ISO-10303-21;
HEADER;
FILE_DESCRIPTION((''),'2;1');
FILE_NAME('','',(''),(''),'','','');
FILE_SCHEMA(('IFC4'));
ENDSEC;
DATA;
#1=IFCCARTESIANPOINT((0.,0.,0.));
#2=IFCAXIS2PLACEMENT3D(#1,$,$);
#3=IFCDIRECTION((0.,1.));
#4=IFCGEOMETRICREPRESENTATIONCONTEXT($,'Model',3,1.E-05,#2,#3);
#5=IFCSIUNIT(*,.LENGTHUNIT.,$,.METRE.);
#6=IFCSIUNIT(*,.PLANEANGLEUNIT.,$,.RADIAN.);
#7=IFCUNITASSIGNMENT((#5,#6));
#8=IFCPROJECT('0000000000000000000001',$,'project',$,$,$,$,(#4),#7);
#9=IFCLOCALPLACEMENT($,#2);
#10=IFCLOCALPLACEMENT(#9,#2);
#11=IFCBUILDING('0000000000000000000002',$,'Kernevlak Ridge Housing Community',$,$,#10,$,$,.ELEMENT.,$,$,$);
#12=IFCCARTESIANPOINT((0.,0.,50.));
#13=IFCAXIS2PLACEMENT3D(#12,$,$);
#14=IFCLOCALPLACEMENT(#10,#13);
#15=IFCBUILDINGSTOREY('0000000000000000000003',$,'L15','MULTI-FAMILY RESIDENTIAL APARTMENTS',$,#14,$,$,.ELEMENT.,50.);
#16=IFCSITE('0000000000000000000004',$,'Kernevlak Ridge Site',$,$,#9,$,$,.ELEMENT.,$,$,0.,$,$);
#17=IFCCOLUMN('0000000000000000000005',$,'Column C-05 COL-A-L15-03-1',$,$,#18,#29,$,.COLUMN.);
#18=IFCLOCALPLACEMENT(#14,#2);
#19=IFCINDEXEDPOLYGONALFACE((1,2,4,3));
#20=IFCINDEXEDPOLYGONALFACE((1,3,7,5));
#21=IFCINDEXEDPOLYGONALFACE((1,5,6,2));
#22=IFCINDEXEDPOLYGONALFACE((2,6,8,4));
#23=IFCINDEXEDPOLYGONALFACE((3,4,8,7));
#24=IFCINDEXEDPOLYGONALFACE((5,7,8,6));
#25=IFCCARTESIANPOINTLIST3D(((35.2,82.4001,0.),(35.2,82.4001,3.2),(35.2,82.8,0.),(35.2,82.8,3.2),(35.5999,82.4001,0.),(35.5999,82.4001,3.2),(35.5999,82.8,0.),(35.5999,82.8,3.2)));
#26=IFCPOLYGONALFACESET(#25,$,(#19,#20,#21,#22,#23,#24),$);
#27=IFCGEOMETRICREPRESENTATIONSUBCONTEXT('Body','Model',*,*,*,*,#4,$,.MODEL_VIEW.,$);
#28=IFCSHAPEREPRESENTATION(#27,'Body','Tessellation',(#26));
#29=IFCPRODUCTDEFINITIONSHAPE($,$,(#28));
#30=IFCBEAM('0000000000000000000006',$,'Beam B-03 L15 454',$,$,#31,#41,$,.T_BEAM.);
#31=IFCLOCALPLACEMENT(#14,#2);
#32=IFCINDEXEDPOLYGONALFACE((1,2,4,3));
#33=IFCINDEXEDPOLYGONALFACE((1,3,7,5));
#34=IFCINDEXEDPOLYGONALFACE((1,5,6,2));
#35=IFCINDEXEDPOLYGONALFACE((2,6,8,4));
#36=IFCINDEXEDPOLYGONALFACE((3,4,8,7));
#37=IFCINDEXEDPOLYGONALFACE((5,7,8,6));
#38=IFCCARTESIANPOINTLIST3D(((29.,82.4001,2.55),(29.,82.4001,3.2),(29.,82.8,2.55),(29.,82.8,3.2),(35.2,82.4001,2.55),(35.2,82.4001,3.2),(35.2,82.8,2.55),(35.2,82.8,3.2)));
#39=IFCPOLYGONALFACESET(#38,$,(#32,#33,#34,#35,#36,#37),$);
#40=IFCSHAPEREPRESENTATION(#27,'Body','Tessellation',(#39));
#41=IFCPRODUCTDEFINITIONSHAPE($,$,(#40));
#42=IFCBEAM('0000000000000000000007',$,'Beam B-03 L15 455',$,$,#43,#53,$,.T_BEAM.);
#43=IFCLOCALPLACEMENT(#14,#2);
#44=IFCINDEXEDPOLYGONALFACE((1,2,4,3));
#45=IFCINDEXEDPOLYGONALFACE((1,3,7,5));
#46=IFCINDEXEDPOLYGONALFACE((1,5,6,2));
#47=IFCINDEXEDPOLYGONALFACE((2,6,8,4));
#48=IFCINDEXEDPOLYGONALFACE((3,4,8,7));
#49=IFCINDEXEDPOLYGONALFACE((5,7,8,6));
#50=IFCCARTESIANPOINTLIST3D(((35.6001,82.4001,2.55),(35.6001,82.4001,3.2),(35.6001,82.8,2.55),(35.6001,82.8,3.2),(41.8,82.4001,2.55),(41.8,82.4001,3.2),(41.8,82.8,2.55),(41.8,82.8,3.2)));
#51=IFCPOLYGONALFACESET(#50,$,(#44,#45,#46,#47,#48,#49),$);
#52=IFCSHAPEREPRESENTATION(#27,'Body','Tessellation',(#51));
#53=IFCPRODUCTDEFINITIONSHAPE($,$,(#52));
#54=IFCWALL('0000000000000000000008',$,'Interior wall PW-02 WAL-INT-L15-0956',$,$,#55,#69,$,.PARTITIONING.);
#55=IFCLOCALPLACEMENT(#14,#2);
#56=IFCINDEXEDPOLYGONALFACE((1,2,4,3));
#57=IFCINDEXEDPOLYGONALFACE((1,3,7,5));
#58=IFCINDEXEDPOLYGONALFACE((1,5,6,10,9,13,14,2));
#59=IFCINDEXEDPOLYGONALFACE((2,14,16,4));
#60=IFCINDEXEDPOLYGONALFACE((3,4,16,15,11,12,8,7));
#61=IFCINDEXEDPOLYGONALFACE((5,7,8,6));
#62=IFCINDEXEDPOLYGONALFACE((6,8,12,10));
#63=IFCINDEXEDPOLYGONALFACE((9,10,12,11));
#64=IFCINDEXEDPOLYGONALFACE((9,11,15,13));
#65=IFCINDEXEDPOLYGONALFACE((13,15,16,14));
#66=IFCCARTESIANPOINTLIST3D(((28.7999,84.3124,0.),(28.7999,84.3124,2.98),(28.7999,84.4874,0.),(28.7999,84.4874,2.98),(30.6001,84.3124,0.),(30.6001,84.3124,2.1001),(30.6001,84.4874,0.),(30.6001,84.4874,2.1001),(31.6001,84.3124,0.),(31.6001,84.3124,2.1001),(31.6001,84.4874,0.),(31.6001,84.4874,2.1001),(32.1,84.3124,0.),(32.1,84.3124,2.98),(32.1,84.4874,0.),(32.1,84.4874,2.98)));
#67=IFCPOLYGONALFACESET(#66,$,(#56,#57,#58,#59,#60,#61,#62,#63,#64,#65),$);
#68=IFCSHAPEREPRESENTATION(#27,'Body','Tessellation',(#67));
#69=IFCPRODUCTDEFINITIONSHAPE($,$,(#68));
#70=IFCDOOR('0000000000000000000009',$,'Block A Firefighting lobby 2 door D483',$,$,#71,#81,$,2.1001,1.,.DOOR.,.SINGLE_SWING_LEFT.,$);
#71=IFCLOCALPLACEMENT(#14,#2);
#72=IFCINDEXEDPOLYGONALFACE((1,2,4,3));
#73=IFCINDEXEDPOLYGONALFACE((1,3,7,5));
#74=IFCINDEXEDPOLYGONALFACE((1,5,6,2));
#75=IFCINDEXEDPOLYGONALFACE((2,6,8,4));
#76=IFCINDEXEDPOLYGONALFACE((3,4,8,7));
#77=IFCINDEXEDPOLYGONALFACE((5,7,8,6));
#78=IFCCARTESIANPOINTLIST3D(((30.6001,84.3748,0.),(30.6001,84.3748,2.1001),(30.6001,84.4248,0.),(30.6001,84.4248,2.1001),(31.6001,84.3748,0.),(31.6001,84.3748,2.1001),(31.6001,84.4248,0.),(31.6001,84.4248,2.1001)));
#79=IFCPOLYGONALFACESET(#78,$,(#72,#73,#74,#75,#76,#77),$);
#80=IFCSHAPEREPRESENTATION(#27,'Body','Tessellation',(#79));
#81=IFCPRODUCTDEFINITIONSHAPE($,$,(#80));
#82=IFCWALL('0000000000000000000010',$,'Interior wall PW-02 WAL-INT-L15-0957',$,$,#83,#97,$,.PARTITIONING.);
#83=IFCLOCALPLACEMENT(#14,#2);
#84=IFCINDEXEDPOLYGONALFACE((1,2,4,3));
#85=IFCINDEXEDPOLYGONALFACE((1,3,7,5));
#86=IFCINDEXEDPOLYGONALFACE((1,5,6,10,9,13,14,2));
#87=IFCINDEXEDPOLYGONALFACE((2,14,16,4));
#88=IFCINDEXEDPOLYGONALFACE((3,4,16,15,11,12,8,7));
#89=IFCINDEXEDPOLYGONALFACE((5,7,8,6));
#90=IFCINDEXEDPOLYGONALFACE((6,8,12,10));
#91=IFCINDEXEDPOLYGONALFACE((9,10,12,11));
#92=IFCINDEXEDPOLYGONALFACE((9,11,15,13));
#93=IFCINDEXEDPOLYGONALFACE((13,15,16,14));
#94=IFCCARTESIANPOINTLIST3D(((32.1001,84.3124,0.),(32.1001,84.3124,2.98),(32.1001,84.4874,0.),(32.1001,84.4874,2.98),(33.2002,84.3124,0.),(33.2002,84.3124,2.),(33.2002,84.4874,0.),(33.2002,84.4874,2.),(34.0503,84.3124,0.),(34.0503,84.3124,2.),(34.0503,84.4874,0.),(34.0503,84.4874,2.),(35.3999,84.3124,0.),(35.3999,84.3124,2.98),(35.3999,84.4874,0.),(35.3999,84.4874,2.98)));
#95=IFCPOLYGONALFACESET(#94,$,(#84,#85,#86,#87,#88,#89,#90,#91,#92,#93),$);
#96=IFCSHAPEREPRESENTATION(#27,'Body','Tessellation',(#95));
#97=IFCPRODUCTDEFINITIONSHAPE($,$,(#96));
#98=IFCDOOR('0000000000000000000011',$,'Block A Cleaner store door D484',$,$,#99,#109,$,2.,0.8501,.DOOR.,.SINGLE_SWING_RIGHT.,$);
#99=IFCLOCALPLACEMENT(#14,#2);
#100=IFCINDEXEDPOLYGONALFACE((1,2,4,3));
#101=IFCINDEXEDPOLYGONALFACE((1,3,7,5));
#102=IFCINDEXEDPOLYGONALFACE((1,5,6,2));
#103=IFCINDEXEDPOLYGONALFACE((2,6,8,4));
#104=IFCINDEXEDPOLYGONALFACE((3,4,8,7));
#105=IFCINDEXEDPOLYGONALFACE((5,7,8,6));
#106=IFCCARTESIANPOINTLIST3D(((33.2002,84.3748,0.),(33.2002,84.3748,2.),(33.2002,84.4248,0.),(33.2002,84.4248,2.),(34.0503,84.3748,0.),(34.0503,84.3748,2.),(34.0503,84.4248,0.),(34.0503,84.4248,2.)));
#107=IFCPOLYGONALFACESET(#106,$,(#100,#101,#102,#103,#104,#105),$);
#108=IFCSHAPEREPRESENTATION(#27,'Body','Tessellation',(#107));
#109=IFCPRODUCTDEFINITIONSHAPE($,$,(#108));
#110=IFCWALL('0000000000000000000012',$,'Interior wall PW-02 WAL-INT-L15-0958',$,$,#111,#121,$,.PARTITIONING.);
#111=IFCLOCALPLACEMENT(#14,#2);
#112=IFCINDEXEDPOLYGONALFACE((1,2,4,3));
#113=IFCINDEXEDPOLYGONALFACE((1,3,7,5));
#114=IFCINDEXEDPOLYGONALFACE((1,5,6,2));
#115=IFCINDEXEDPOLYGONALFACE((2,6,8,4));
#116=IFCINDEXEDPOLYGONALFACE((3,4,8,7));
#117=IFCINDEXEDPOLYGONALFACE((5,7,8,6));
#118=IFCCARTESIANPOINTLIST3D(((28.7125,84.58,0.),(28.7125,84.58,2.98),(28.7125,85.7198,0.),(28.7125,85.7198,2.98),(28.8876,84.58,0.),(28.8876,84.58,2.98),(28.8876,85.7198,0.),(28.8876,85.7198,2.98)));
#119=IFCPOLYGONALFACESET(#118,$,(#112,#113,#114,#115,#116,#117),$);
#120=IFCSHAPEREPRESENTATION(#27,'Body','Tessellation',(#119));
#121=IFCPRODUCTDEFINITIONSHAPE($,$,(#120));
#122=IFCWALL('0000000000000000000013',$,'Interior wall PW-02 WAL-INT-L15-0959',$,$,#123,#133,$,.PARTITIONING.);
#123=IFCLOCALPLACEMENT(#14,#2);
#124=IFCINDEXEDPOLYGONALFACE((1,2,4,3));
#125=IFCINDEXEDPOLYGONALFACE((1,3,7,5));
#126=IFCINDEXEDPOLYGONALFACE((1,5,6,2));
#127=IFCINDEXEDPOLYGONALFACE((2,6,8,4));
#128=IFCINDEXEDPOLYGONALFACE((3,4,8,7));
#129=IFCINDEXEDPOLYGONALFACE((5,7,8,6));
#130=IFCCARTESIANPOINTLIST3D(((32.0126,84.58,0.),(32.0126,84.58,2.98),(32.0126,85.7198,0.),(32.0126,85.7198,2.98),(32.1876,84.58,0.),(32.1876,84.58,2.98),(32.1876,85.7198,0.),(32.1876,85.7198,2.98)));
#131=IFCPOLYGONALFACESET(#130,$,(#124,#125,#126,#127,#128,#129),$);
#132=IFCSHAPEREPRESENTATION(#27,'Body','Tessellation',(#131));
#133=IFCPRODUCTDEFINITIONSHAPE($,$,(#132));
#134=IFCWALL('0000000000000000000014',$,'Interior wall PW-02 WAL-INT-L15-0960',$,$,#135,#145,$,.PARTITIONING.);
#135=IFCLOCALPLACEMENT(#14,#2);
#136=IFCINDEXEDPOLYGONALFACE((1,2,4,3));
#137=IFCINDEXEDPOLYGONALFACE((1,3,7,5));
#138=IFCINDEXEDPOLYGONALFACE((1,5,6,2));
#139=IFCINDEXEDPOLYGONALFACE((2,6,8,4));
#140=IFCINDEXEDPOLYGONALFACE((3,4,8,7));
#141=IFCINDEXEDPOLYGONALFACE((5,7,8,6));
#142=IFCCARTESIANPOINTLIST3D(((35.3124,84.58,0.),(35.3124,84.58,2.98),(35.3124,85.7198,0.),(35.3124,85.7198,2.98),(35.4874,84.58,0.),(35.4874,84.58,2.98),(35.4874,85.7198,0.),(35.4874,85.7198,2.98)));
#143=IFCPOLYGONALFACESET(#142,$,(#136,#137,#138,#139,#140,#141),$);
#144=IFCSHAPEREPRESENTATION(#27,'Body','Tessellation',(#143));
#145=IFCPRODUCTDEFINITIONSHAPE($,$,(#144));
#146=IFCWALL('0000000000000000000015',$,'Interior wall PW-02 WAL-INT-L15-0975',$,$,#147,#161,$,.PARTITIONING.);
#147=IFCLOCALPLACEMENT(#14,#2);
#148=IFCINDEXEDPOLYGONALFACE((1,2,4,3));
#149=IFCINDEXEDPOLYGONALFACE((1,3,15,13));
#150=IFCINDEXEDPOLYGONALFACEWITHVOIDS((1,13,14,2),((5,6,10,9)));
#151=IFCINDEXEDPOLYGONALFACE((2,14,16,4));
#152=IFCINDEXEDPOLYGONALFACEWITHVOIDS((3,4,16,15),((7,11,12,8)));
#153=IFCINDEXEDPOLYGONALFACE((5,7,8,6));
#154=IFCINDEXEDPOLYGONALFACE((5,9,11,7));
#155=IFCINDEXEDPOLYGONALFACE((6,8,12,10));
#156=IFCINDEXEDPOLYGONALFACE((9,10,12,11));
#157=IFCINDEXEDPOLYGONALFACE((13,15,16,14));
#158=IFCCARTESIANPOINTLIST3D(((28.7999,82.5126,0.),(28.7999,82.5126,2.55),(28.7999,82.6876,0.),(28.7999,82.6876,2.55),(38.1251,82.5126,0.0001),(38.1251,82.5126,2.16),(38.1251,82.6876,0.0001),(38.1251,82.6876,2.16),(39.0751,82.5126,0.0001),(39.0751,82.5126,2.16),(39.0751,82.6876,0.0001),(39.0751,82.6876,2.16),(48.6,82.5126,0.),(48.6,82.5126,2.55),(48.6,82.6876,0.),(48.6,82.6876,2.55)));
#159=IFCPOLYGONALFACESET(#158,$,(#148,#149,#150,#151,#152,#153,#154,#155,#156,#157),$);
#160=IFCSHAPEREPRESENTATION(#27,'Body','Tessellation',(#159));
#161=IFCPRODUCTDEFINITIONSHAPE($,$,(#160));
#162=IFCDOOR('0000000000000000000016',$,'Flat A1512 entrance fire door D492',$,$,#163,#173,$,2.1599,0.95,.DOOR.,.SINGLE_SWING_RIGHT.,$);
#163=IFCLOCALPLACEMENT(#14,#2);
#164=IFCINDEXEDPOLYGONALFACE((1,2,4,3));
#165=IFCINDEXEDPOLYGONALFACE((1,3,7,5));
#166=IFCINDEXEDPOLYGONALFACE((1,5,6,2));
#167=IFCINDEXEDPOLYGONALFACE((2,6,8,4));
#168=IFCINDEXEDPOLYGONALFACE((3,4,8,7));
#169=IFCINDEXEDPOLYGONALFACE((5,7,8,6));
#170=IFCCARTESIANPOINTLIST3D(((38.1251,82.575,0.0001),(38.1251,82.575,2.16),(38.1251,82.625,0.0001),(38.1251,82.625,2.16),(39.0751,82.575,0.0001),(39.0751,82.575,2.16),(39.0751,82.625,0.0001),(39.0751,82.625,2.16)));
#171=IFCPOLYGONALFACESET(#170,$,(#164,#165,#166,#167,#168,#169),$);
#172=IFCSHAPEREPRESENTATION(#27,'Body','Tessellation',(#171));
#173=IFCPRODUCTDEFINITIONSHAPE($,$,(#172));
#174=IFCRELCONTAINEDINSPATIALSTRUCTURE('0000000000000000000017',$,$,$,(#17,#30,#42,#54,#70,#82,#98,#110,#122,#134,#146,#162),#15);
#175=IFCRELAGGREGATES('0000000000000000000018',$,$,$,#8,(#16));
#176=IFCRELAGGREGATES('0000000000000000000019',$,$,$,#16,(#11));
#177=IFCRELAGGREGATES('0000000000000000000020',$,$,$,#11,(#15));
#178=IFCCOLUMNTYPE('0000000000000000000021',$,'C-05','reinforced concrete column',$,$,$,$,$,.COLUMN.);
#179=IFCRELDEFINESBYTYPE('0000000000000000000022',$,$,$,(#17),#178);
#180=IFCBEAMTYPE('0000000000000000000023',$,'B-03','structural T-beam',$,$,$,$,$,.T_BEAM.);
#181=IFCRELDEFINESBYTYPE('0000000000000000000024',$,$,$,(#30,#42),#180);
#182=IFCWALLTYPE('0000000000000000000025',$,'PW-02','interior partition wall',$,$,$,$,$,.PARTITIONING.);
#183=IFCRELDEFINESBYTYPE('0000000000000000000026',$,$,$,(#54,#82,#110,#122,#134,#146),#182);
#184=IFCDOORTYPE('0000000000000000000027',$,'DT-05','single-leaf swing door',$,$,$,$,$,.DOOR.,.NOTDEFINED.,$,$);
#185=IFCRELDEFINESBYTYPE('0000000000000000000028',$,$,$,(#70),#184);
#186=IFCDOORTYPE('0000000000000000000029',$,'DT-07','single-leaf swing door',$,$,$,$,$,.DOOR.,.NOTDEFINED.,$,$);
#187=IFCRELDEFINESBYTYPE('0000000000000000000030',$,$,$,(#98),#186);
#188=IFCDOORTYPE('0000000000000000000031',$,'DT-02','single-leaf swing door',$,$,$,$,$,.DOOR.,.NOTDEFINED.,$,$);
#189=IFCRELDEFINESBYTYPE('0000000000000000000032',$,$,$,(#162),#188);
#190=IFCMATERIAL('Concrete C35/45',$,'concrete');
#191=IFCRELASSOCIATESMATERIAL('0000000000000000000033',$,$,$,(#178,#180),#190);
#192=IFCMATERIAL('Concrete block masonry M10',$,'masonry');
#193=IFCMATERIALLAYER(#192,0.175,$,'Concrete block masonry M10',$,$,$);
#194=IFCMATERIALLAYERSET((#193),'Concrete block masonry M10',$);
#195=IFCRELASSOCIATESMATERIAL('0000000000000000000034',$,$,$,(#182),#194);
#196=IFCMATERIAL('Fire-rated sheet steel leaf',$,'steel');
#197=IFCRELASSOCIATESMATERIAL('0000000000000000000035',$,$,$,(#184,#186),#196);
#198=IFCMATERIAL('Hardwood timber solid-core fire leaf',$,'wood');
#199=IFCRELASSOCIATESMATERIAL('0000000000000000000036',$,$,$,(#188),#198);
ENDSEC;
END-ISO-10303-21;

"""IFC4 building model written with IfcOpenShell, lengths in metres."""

from ifc_helpers import new_model, si_unit, direction, frame, frame_2d, origin, origin_2d, place, context, subcontext, project, spatial, rectangle, extrude, material, layer, layer_set, material_profile, profile_set, type_object, element, fill, save


model = new_model("IFC4")

# Units and contexts
model_context = context("Model", 3, precision=1e-05, world=origin(), true_north=direction((0.0, 1.0)))
body_context = subcontext(model_context, "Body", "Model", "MODEL_VIEW")
ifc_project = project(units=[si_unit("LENGTHUNIT", "METRE"), si_unit("PLANEANGLEUNIT", "RADIAN")], contexts=[model_context])

# Site, building, storey
site_placement = place(None, origin())
site = spatial("IfcSite", under=ifc_project, at=site_placement, Name="Kernevlak Ridge Site", CompositionType="ELEMENT", RefElevation=0.0)
building_placement = place(site_placement, origin())
building = spatial("IfcBuilding", under=site, at=building_placement, Name="Kernevlak Ridge Housing Community", CompositionType="ELEMENT")
storey_placement = place(building_placement, frame((0.0, 0.0, 50.0)))
storey = spatial("IfcBuildingStorey", under=building, at=storey_placement, Name="L15", Description="MULTI-FAMILY RESIDENTIAL APARTMENTS", CompositionType="ELEMENT", Elevation=50.0)

# Column
ifc_material_1 = material(Name="Concrete C35/45", Category="concrete")
ifc_material_profile_1 = material_profile(ifc_material_1, rectangle(XDim=0.3999, YDim=0.3999, at=origin_2d()), Name="RC 400x400")
ifc_profile_set_1 = profile_set([ifc_material_profile_1], Name="Concrete C35/45")
column_type = type_object("IfcColumnType", Name="C-05", Description="reinforced concrete column", PredefinedType="COLUMN", material=ifc_profile_set_1)
column_placement = place(storey_placement, frame((35.3999, 82.6001, 0.0), z_axis=(0.0, 0.0, 1.0), x_axis=(1.0, 0.0, 0.0)))
element("IfcColumn", 1, at=column_placement, inside=storey, type_object=column_type, Name="Column C-05 COL-A-L15-03-1", PredefinedType="COLUMN", context=body_context, shape_type="SweptSolid", body=[
    extrude(rectangle(XDim=0.3999, YDim=0.3999, at=origin_2d()), origin(), (0.0, 0.0, 1.0), 3.2),
])

# Beams
ifc_material_profile_2 = material_profile(ifc_material_1, rectangle(XDim=0.3999, YDim=0.6499, at=origin_2d()), Name="RC 400x650")
ifc_profile_set_2 = profile_set([ifc_material_profile_2], Name="Concrete C35/45")
beam_type = type_object("IfcBeamType", Name="B-03", Description="structural T-beam", PredefinedType="T_BEAM", material=ifc_profile_set_2)
for number, where, z_axis, x_axis, name in (
    (2, (29.0, 82.6001, 2.875), (1.0, 0.0, 0.0), (0.0, 1.0, 0.0), "Beam B-03 L15 454"),
    (3, (35.6001, 82.6001, 2.875), (1.0, 0.0, 0.0), (0.0, 1.0, 0.0), "Beam B-03 L15 455"),
):
    element("IfcBeam", number, at=place(storey_placement, frame(where, z_axis=z_axis, x_axis=x_axis)), inside=storey, type_object=beam_type, Name=name, PredefinedType="T_BEAM", context=body_context, shape_type="SweptSolid", body=[
        extrude(rectangle(XDim=0.3999, YDim=0.6499, at=origin_2d()), origin(), (0.0, 0.0, 1.0), 6.2),
    ])

# Walls, openings, doors
ifc_material_2 = material(Name="Fire-rated sheet steel leaf", Category="steel")
ifc_material_3 = material(Name="Concrete block masonry M10", Category="masonry")
ifc_layer_1 = layer(ifc_material_3, 0.175, Name="Concrete block masonry M10")
ifc_layer_set_1 = layer_set([ifc_layer_1], Name="Concrete block masonry M10")
wall_type_1 = type_object("IfcWallType", Name="PW-02", Description="interior partition wall", PredefinedType="PARTITIONING", material=ifc_layer_set_1)
wall_1_placement = place(storey_placement, frame((28.8, 84.3999, 0.0), z_axis=(0.0, 0.0, 1.0), x_axis=(1.0, 0.0, 0.0)))
wall_1 = element("IfcWall", 4, at=wall_1_placement, inside=storey, type_object=wall_type_1, Name="Interior wall PW-02 WAL-INT-L15-0956", PredefinedType="PARTITIONING", context=body_context, shape_type="SweptSolid", body=[
    extrude(rectangle(XDim=3.3, YDim=0.175, at=frame_2d((1.6499, 0.0))), origin(), (0.0, 0.0, 1.0), 2.98),
])
opening_1_placement = place(wall_1_placement, frame((1.8, 0.0, 0.0)))
opening_1 = element("IfcOpeningElement", 5, at=opening_1_placement, cuts=wall_1, PredefinedType="OPENING", context=body_context, shape_type="SweptSolid", body=[
    extrude(rectangle(XDim=1.0, YDim=2.1001, at=frame_2d((0.5, 1.05))), frame((0.0, 0.0974, 0.0), z_axis=(0.0, -1.0, 0.0), x_axis=(1.0, 0.0, 0.0)), (0.0, 0.0, 1.0), 0.1951),
])
door_type_1 = type_object("IfcDoorType", Name="DT-05", Description="single-leaf swing door", OperationType="NOTDEFINED", PredefinedType="DOOR", material=ifc_material_2)
door_1_placement = place(opening_1_placement, origin())
door_1 = element("IfcDoor", 6, at=door_1_placement, inside=storey, type_object=door_type_1, Name="Block A Firefighting lobby 2 door D483", OperationType="SINGLE_SWING_LEFT", OverallHeight=2.1001, OverallWidth=1.0, PredefinedType="DOOR", context=body_context, shape_type="SweptSolid", body=[
    extrude(rectangle(XDim=1.0, YDim=2.1001, at=frame_2d((0.5, 1.05))), frame((0.0, 0.0249, 0.0), z_axis=(0.0, -1.0, 0.0), x_axis=(1.0, 0.0, 0.0)), (0.0, 0.0, 1.0), 0.05),
])
fill(opening_1, door_1)
wall_2_placement = place(storey_placement, frame((32.1001, 84.3999, 0.0), z_axis=(0.0, 0.0, 1.0), x_axis=(1.0, 0.0, 0.0)))
wall_2 = element("IfcWall", 7, at=wall_2_placement, inside=storey, type_object=wall_type_1, Name="Interior wall PW-02 WAL-INT-L15-0957", PredefinedType="PARTITIONING", context=body_context, shape_type="SweptSolid", body=[
    extrude(rectangle(XDim=3.2998, YDim=0.175, at=frame_2d((1.6499, 0.0))), origin(), (0.0, 0.0, 1.0), 2.98),
])
opening_2_placement = place(wall_2_placement, frame((1.1001, 0.0, 0.0)))
opening_2 = element("IfcOpeningElement", 8, at=opening_2_placement, cuts=wall_2, PredefinedType="OPENING", context=body_context, shape_type="SweptSolid", body=[
    extrude(rectangle(XDim=0.8501, YDim=2.0, at=frame_2d((0.425, 1.0))), frame((0.0, 0.0974, 0.0), z_axis=(0.0, -1.0, 0.0), x_axis=(1.0, 0.0, 0.0)), (0.0, 0.0, 1.0), 0.1951),
])
door_type_2 = type_object("IfcDoorType", Name="DT-07", Description="single-leaf swing door", OperationType="NOTDEFINED", PredefinedType="DOOR", material=ifc_material_2)
door_2_placement = place(opening_2_placement, origin())
door_2 = element("IfcDoor", 9, at=door_2_placement, inside=storey, type_object=door_type_2, Name="Block A Cleaner store door D484", OperationType="SINGLE_SWING_RIGHT", OverallHeight=2.0, OverallWidth=0.8501, PredefinedType="DOOR", context=body_context, shape_type="SweptSolid", body=[
    extrude(rectangle(XDim=0.8501, YDim=2.0, at=frame_2d((0.425, 1.0))), frame((0.0, 0.0249, 0.0), z_axis=(0.0, -1.0, 0.0), x_axis=(1.0, 0.0, 0.0)), (0.0, 0.0, 1.0), 0.05),
])
fill(opening_2, door_2)

# Walls
for number, where, z_axis, x_axis, name in (
    (10, (28.8, 84.5801, 0.0), (0.0, 0.0, 1.0), (0.0, 1.0, 0.0), "Interior wall PW-02 WAL-INT-L15-0958"),
    (11, (32.1001, 84.5801, 0.0), (0.0, 0.0, 1.0), (0.0, 1.0, 0.0), "Interior wall PW-02 WAL-INT-L15-0959"),
    (12, (35.3999, 84.5801, 0.0), (0.0, 0.0, 1.0), (0.0, 1.0, 0.0), "Interior wall PW-02 WAL-INT-L15-0960"),
):
    element("IfcWall", number, at=place(storey_placement, frame(where, z_axis=z_axis, x_axis=x_axis)), inside=storey, type_object=wall_type_1, Name=name, PredefinedType="PARTITIONING", context=body_context, shape_type="SweptSolid", body=[
        extrude(rectangle(XDim=1.1399, YDim=0.175, at=frame_2d((0.5698, 0.0))), origin(), (0.0, 0.0, 1.0), 2.98),
    ])

# Wall, opening, door
wall_3_placement = place(storey_placement, frame((28.8, 82.6001, 0.0), z_axis=(0.0, 0.0, 1.0), x_axis=(1.0, 0.0, 0.0)))
wall_3 = element("IfcWall", 13, at=wall_3_placement, inside=storey, type_object=wall_type_1, Name="Interior wall PW-02 WAL-INT-L15-0975", PredefinedType="PARTITIONING", context=body_context, shape_type="SweptSolid", body=[
    extrude(rectangle(XDim=19.8, YDim=0.175, at=frame_2d((9.8999, 0.0))), origin(), (0.0, 0.0, 1.0), 2.55),
])
opening_3_placement = place(wall_3_placement, frame((9.325, 0.0, 0.0)))
opening_3 = element("IfcOpeningElement", 14, at=opening_3_placement, cuts=wall_3, PredefinedType="OPENING", context=body_context, shape_type="SweptSolid", body=[
    extrude(rectangle(XDim=0.95, YDim=2.1599, at=frame_2d((0.4751, 1.0801))), frame((0.0, 0.0974, 0.0), z_axis=(0.0, -1.0, 0.0), x_axis=(1.0, 0.0, 0.0)), (0.0, 0.0, 1.0), 0.1951),
])
ifc_material_4 = material(Name="Hardwood timber solid-core fire leaf", Category="wood")
door_type_3 = type_object("IfcDoorType", Name="DT-02", Description="single-leaf swing door", OperationType="NOTDEFINED", PredefinedType="DOOR", material=ifc_material_4)
door_3_placement = place(opening_3_placement, origin())
door_3 = element("IfcDoor", 15, at=door_3_placement, inside=storey, type_object=door_type_3, Name="Flat A1512 entrance fire door D492", OperationType="SINGLE_SWING_RIGHT", OverallHeight=2.1599, OverallWidth=0.95, PredefinedType="DOOR", context=body_context, shape_type="SweptSolid", body=[
    extrude(rectangle(XDim=0.95, YDim=2.1599, at=frame_2d((0.4751, 1.0801))), frame((0.0, 0.0249, 0.0), z_axis=(0.0, -1.0, 0.0), x_axis=(1.0, 0.0, 0.0)), (0.0, 0.0, 1.0), 0.05),
])
fill(opening_3, door_3)

save(model, "model.ifc")
